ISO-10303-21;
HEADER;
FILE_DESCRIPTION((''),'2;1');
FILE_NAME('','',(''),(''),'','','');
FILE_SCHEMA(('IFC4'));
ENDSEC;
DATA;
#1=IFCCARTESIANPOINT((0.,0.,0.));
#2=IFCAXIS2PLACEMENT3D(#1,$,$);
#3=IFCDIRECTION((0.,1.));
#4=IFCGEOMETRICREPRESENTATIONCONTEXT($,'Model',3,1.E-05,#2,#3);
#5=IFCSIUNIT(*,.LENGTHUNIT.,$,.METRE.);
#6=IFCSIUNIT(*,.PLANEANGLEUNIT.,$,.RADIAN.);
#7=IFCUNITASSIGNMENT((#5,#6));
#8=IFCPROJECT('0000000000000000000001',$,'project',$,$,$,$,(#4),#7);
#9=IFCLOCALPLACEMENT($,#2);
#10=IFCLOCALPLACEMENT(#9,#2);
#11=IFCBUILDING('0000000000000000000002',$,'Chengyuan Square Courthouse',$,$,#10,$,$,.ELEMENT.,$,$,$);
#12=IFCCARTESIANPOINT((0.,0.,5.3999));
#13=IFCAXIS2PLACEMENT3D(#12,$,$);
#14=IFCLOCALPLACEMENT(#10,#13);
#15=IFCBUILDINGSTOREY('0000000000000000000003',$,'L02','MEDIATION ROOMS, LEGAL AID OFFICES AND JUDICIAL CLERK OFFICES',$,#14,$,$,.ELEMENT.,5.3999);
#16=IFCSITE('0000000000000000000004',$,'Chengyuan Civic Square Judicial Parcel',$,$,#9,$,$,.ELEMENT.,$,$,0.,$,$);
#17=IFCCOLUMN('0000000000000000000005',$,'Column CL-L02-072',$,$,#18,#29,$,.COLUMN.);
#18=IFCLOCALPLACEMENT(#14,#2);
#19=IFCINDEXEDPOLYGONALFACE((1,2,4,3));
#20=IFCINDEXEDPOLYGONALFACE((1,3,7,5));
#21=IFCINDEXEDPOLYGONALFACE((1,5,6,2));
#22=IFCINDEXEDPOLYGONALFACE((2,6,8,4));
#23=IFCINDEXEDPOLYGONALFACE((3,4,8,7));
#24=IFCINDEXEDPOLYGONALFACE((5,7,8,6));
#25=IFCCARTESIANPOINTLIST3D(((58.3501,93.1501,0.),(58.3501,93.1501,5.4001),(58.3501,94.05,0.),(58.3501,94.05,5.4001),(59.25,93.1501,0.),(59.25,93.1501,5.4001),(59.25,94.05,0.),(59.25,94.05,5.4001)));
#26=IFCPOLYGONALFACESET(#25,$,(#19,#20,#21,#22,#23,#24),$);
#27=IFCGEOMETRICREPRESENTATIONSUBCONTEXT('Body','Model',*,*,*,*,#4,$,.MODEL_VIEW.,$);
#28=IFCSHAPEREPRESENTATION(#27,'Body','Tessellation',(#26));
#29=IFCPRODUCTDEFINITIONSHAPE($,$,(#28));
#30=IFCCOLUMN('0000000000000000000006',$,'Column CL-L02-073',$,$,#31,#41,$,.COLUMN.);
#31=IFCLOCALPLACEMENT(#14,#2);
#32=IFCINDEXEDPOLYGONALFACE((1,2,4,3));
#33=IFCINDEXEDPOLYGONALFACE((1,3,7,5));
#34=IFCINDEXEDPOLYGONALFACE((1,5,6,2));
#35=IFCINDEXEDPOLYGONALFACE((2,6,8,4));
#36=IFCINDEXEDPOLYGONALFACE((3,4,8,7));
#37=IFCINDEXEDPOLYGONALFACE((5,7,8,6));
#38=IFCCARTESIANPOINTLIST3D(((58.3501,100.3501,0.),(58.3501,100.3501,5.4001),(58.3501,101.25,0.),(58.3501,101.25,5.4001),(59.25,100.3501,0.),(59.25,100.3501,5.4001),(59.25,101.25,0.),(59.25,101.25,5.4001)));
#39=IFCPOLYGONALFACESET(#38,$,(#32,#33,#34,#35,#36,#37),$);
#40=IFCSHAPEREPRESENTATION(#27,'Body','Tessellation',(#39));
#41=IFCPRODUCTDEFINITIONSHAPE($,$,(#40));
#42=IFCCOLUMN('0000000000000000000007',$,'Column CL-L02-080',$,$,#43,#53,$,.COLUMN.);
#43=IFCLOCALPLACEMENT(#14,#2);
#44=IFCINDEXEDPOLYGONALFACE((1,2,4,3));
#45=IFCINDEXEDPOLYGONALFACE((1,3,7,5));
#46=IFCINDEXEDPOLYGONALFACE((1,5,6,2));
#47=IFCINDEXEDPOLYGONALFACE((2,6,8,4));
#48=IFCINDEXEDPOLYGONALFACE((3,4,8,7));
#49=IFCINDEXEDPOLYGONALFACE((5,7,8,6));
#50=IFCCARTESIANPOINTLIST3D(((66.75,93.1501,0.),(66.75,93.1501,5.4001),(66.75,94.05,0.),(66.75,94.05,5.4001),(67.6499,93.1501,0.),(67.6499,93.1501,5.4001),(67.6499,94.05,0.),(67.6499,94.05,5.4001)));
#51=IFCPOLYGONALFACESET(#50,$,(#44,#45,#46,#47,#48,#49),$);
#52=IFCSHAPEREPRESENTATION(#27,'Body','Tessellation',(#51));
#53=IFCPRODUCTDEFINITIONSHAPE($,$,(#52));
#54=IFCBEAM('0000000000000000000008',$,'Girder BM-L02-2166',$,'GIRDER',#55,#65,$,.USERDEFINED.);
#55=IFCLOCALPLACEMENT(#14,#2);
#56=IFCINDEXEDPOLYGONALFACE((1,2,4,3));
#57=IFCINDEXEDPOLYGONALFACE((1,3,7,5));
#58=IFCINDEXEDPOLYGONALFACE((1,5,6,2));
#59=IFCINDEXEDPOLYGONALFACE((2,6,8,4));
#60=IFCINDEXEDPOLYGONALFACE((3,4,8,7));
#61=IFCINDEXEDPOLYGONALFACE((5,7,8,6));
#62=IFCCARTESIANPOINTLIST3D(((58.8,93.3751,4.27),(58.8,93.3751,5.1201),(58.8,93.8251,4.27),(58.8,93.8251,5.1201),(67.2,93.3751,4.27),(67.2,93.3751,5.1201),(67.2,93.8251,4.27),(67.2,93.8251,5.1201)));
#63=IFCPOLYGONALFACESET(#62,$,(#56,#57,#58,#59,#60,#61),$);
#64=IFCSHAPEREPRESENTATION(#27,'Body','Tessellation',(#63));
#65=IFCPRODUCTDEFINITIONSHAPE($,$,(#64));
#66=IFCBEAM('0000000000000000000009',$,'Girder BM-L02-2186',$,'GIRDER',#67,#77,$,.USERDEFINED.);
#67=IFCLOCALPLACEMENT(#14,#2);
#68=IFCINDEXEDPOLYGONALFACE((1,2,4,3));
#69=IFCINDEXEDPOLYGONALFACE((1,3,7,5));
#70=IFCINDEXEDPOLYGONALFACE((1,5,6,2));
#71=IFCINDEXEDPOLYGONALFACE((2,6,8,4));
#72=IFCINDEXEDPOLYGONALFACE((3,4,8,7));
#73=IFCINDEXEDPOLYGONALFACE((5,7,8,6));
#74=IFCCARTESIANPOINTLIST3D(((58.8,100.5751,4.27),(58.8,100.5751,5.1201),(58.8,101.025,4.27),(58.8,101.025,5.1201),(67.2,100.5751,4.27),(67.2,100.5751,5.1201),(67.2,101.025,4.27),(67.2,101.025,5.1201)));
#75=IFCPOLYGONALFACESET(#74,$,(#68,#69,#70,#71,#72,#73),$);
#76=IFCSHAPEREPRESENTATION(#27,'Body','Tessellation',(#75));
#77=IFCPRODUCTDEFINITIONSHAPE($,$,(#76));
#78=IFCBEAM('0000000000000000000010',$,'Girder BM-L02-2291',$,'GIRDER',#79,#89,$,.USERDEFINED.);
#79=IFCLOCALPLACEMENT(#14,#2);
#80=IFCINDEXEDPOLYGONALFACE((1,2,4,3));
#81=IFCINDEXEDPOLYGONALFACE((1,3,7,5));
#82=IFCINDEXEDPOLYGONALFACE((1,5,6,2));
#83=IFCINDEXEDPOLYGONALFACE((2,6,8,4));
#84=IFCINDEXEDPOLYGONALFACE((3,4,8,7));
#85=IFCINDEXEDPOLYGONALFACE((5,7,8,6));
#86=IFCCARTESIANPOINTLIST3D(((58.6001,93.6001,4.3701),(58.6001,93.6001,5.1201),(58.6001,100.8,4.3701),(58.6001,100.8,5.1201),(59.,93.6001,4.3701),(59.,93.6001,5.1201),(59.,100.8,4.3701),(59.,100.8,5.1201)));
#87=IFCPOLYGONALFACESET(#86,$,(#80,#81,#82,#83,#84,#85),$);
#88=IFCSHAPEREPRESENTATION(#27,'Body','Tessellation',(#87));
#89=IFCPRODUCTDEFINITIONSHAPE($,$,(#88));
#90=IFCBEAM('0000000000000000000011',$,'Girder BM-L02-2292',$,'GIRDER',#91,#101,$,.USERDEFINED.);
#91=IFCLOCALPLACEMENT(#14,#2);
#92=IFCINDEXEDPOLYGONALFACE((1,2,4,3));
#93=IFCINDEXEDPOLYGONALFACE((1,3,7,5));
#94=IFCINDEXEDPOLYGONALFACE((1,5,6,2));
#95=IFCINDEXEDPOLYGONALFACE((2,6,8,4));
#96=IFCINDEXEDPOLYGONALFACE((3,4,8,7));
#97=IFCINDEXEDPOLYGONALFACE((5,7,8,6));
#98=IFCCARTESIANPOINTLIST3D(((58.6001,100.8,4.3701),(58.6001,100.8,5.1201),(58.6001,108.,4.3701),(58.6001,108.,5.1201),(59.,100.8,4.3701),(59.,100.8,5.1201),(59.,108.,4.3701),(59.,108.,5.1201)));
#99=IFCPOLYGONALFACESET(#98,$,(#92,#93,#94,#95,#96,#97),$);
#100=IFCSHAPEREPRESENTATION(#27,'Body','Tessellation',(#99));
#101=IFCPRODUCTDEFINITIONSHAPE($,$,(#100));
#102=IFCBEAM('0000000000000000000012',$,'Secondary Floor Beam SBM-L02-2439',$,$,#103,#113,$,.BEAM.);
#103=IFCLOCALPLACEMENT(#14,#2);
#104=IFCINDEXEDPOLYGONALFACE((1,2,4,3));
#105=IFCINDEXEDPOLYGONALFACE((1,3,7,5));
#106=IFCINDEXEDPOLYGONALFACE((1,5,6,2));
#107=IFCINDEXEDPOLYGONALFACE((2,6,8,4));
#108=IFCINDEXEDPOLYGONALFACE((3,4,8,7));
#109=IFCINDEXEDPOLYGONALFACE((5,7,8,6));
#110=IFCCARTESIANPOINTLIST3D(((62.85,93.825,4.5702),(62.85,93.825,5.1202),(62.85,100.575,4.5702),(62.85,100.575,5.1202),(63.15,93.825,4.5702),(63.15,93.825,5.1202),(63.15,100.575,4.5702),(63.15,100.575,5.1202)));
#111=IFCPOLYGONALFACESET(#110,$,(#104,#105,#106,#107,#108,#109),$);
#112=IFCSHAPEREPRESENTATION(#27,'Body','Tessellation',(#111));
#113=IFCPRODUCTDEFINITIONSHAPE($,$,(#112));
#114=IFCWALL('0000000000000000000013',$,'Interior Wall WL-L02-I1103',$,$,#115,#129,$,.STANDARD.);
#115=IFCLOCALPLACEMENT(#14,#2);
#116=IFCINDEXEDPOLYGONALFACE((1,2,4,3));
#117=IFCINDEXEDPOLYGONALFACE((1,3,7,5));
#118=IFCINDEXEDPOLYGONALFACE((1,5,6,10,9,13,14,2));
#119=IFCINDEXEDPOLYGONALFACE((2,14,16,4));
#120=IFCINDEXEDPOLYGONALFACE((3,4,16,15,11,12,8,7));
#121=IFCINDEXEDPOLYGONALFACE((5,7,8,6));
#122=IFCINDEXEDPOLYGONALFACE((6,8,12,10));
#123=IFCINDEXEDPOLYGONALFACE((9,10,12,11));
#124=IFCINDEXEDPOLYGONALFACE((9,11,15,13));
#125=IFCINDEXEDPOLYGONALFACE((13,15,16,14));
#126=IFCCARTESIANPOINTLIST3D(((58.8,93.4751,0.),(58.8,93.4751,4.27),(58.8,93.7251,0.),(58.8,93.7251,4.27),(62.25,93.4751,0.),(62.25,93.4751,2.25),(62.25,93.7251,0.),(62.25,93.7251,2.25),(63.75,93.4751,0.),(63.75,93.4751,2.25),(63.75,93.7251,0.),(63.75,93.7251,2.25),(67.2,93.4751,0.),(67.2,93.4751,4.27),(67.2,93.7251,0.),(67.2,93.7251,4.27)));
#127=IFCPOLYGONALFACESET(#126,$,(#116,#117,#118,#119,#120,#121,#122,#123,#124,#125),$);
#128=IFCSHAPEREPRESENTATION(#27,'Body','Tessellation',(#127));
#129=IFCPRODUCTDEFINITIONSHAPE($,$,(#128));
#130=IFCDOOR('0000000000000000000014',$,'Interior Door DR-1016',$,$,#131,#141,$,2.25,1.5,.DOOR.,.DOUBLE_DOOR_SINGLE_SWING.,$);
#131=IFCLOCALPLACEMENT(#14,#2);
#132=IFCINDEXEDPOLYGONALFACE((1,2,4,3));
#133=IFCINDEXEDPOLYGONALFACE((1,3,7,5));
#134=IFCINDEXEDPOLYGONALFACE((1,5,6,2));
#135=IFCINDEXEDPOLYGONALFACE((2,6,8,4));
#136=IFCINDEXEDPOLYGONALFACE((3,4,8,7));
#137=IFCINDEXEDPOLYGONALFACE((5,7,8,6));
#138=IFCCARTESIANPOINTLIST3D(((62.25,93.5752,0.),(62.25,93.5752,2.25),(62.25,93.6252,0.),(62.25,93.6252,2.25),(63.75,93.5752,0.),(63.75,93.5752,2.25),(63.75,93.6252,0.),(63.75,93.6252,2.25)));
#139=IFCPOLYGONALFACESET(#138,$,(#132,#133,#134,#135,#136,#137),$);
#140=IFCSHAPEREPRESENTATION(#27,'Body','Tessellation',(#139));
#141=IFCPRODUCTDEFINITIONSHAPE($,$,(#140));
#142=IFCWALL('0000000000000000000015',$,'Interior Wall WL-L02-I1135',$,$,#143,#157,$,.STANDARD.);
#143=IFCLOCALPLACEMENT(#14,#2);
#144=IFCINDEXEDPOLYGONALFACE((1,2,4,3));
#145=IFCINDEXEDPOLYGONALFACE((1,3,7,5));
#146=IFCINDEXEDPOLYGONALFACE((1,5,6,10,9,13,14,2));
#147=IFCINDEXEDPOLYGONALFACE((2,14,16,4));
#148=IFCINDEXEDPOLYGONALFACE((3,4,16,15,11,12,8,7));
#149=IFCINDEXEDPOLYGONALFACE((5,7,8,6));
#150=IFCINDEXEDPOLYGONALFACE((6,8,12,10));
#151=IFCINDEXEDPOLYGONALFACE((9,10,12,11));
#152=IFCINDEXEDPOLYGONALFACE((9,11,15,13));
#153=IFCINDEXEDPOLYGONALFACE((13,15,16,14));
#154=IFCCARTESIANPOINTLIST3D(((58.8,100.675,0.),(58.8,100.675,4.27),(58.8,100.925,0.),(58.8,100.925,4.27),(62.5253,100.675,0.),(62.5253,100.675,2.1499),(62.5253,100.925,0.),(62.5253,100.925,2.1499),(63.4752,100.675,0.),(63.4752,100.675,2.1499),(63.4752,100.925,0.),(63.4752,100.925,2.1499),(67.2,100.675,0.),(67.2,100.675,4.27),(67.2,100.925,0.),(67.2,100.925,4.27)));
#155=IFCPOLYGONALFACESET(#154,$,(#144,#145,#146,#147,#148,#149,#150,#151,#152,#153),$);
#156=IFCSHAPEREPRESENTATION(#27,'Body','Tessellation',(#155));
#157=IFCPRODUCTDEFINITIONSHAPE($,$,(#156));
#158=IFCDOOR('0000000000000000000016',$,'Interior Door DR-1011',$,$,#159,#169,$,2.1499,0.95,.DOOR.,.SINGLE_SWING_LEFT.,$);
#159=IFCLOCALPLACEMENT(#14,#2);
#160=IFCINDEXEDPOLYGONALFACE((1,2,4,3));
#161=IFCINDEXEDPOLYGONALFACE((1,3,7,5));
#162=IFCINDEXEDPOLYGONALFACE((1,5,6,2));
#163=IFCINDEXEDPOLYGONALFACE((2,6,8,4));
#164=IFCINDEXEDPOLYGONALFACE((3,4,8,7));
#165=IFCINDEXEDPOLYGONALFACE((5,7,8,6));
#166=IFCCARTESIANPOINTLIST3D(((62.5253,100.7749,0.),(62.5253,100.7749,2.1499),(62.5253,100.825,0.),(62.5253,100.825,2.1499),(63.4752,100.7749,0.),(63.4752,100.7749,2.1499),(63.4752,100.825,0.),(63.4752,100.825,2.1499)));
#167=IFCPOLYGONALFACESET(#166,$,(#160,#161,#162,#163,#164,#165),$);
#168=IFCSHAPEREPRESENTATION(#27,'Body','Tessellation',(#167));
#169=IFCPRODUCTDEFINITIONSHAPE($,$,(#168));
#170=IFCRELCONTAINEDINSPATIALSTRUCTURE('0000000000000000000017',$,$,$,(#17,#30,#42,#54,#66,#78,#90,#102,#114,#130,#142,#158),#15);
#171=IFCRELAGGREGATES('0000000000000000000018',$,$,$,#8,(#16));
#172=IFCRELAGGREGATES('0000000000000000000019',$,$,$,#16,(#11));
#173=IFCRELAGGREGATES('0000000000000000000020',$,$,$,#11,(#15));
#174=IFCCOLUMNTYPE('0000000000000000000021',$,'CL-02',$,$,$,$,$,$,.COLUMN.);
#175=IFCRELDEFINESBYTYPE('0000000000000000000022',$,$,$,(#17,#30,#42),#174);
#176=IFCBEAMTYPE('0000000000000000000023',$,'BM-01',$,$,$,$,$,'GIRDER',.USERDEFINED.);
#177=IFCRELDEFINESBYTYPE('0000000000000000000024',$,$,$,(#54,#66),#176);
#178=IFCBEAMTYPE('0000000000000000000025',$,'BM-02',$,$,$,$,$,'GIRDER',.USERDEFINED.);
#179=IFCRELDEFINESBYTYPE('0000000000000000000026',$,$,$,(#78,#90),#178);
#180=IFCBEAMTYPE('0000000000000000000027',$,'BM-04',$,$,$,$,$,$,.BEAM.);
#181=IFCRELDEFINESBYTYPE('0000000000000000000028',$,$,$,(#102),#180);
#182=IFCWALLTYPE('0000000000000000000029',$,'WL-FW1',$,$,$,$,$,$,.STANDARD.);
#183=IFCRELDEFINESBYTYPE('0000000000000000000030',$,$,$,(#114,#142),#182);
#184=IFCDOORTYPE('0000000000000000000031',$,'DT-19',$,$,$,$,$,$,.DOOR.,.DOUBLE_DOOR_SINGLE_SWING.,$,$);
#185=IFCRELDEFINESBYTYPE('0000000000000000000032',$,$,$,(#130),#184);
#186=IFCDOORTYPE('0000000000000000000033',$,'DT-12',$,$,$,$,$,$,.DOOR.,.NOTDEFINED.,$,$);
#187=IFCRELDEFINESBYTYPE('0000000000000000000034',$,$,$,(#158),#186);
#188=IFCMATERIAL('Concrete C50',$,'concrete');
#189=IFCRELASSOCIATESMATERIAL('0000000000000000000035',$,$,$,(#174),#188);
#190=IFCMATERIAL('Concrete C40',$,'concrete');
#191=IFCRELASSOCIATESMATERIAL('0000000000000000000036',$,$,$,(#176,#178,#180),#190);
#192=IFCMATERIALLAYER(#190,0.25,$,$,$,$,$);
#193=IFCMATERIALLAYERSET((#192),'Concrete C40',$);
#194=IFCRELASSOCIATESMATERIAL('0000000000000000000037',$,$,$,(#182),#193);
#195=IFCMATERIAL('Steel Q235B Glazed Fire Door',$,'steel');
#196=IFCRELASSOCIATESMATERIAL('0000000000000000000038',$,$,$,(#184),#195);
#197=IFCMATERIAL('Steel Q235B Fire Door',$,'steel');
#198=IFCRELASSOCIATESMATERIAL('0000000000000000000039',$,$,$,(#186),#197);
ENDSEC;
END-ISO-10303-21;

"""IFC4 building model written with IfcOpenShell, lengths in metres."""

from ifc_helpers import new_model, si_unit, direction, frame, frame_2d, origin, origin_2d, place, context, subcontext, project, spatial, rectangle, extrude, material, layer, layer_set, material_profile, profile_set, type_object, element, fill, save


model = new_model("IFC4")

# Units and contexts
model_context = context("Model", 3, precision=1e-05, world=origin(), true_north=direction((0.0, 1.0)))
body_context = subcontext(model_context, "Body", "Model", "MODEL_VIEW")
ifc_project = project(units=[si_unit("LENGTHUNIT", "METRE"), si_unit("PLANEANGLEUNIT", "RADIAN")], contexts=[model_context])

# Site, building, storey
site_placement = place(None, origin())
site = spatial("IfcSite", under=ifc_project, at=site_placement, Name="Chengyuan Civic Square Judicial Parcel", CompositionType="ELEMENT", RefElevation=0.0)
building_placement = place(site_placement, origin())
building = spatial("IfcBuilding", under=site, at=building_placement, Name="Chengyuan Square Courthouse", CompositionType="ELEMENT")
storey_placement = place(building_placement, frame((0.0, 0.0, 5.3999)))
storey = spatial("IfcBuildingStorey", under=building, at=storey_placement, Name="L02", Description="MEDIATION ROOMS, LEGAL AID OFFICES AND JUDICIAL CLERK OFFICES", CompositionType="ELEMENT", Elevation=5.3999)

# Columns
ifc_material_1 = material(Name="Concrete C50", Category="concrete")
ifc_material_profile_1 = material_profile(ifc_material_1, rectangle(XDim=0.8999, YDim=0.8999, at=origin_2d()), Name="RC-COL-900x900")
ifc_profile_set_1 = profile_set([ifc_material_profile_1], Name="Concrete C50")
column_type = type_object("IfcColumnType", Name="CL-02", PredefinedType="COLUMN", material=ifc_profile_set_1)
for number, where, z_axis, x_axis, name in (
    (1, (58.8, 93.6001, 0.0), (0.0, 0.0, 1.0), (1.0, 0.0, 0.0), "Column CL-L02-072"),
    (2, (58.8, 100.8, 0.0), (0.0, 0.0, 1.0), (1.0, 0.0, 0.0), "Column CL-L02-073"),
    (3, (67.2, 93.6001, 0.0), (0.0, 0.0, 1.0), (1.0, 0.0, 0.0), "Column CL-L02-080"),
):
    element("IfcColumn", number, at=place(storey_placement, frame(where, z_axis=z_axis, x_axis=x_axis)), inside=storey, type_object=column_type, Name=name, PredefinedType="COLUMN", context=body_context, shape_type="SweptSolid", body=[
        extrude(rectangle(XDim=0.8999, YDim=0.8999, at=origin_2d()), origin(), (0.0, 0.0, 1.0), 5.4001),
    ])

# Beams
ifc_material_2 = material(Name="Concrete C40", Category="concrete")
ifc_material_profile_2 = material_profile(ifc_material_2, rectangle(XDim=0.45, YDim=0.8501, at=origin_2d()), Name="RC-BM-450x850")
ifc_profile_set_2 = profile_set([ifc_material_profile_2], Name="Concrete C40")
beam_type_1 = type_object("IfcBeamType", Name="BM-01", ElementType="GIRDER", PredefinedType="USERDEFINED", material=ifc_profile_set_2)
for number, where, z_axis, x_axis, name in (
    (4, (58.8, 93.6001, 4.6951), (1.0, 0.0, 0.0), (0.0, 1.0, 0.0), "Girder BM-L02-2166"),
    (5, (58.8, 100.8, 4.6951), (1.0, 0.0, 0.0), (0.0, 1.0, 0.0), "Girder BM-L02-2186"),
):
    element("IfcBeam", number, at=place(storey_placement, frame(where, z_axis=z_axis, x_axis=x_axis)), inside=storey, type_object=beam_type_1, Name=name, ObjectType="GIRDER", PredefinedType="USERDEFINED", context=body_context, shape_type="SweptSolid", body=[
        extrude(rectangle(XDim=0.45, YDim=0.8501, at=origin_2d()), origin(), (0.0, 0.0, 1.0), 8.3999),
    ])
ifc_material_profile_3 = material_profile(ifc_material_2, rectangle(XDim=0.3999, YDim=0.75, at=origin_2d()), Name="RC-BM-400x750")
ifc_profile_set_3 = profile_set([ifc_material_profile_3], Name="Concrete C40")
beam_type_2 = type_object("IfcBeamType", Name="BM-02", ElementType="GIRDER", PredefinedType="USERDEFINED", material=ifc_profile_set_3)
for number, where, z_axis, x_axis, name in (
    (6, (58.8, 93.6001, 4.7451), (0.0, 1.0, 0.0), (-1.0, 0.0, 0.0), "Girder BM-L02-2291"),
    (7, (58.8, 100.8, 4.7451), (0.0, 1.0, 0.0), (-1.0, 0.0, 0.0), "Girder BM-L02-2292"),
):
    element("IfcBeam", number, at=place(storey_placement, frame(where, z_axis=z_axis, x_axis=x_axis)), inside=storey, type_object=beam_type_2, Name=name, ObjectType="GIRDER", PredefinedType="USERDEFINED", context=body_context, shape_type="SweptSolid", body=[
        extrude(rectangle(XDim=0.3999, YDim=0.75, at=origin_2d()), origin(), (0.0, 0.0, 1.0), 7.2),
    ])
ifc_material_profile_4 = material_profile(ifc_material_2, rectangle(XDim=0.3, YDim=0.55, at=origin_2d()), Name="RC-BM-300x550")
ifc_profile_set_4 = profile_set([ifc_material_profile_4], Name="Concrete C40")
beam_type_3 = type_object("IfcBeamType", Name="BM-04", PredefinedType="BEAM", material=ifc_profile_set_4)
beam_placement = place(storey_placement, frame((63.0, 93.825, 4.8452), z_axis=(0.0, 1.0, 0.0), x_axis=(-1.0, 0.0, 0.0)))
element("IfcBeam", 8, at=beam_placement, inside=storey, type_object=beam_type_3, Name="Secondary Floor Beam SBM-L02-2439", PredefinedType="BEAM", context=body_context, shape_type="SweptSolid", body=[
    extrude(rectangle(XDim=0.3, YDim=0.55, at=origin_2d()), origin(), (0.0, 0.0, 1.0), 6.75),
])

# Walls, openings, doors
ifc_layer_1 = layer(ifc_material_2, 0.25)
ifc_layer_set_1 = layer_set([ifc_layer_1], Name="Concrete C40")
wall_type_1 = type_object("IfcWallType", Name="WL-FW1", PredefinedType="STANDARD", material=ifc_layer_set_1)
wall_1_placement = place(storey_placement, frame((58.8, 93.6001, 0.0), z_axis=(0.0, 0.0, 1.0), x_axis=(1.0, 0.0, 0.0)))
wall_1 = element("IfcWall", 9, at=wall_1_placement, inside=storey, type_object=wall_type_1, Name="Interior Wall WL-L02-I1103", PredefinedType="STANDARD", context=body_context, shape_type="SweptSolid", body=[
    extrude(rectangle(XDim=8.3999, YDim=0.25, at=frame_2d((4.2, 0.0))), origin(), (0.0, 0.0, 1.0), 4.27),
])
opening_1_placement = place(wall_1_placement, frame((3.45, 0.0, 0.0)))
opening_1 = element("IfcOpeningElement", 10, at=opening_1_placement, cuts=wall_1, PredefinedType="OPENING", context=body_context, shape_type="SweptSolid", body=[
    extrude(rectangle(XDim=1.5, YDim=2.25, at=frame_2d((0.75, 1.125))), frame((0.0, 0.137, 0.0), z_axis=(0.0, -1.0, 0.0), x_axis=(1.0, 0.0, 0.0)), (0.0, 0.0, 1.0), 0.2739),
])
ifc_material_3 = material(Name="Steel Q235B Glazed Fire Door", Category="steel")
door_type_1 = type_object("IfcDoorType", Name="DT-19", OperationType="DOUBLE_DOOR_SINGLE_SWING", PredefinedType="DOOR", material=ifc_material_3)
door_1_placement = place(opening_1_placement, frame((1.5, 0.0, 0.0), z_axis=(0.0, 0.0, 1.0), x_axis=(-1.0, 0.0, 0.0)))
door_1 = element("IfcDoor", 11, at=door_1_placement, inside=storey, type_object=door_type_1, Name="Interior Door DR-1016", OperationType="DOUBLE_DOOR_SINGLE_SWING", OverallHeight=2.25, OverallWidth=1.5, PredefinedType="DOOR", context=body_context, shape_type="SweptSolid", body=[
    extrude(rectangle(XDim=1.5, YDim=2.25, at=frame_2d((0.75, 1.125))), frame((0.0, 0.0249, 0.0), z_axis=(0.0, -1.0, 0.0), x_axis=(1.0, 0.0, 0.0)), (0.0, 0.0, 1.0), 0.05),
])
fill(opening_1, door_1)
wall_2_placement = place(storey_placement, frame((58.8, 100.8, 0.0), z_axis=(0.0, 0.0, 1.0), x_axis=(1.0, 0.0, 0.0)))
wall_2 = element("IfcWall", 12, at=wall_2_placement, inside=storey, type_object=wall_type_1, Name="Interior Wall WL-L02-I1135", PredefinedType="STANDARD", context=body_context, shape_type="SweptSolid", body=[
    extrude(rectangle(XDim=8.3999, YDim=0.25, at=frame_2d((4.2, 0.0))), origin(), (0.0, 0.0, 1.0), 4.27),
])
opening_2_placement = place(wall_2_placement, frame((3.7251, 0.0, 0.0)))
opening_2 = element("IfcOpeningElement", 13, at=opening_2_placement, cuts=wall_2, PredefinedType="OPENING", context=body_context, shape_type="SweptSolid", body=[
    extrude(rectangle(XDim=0.95, YDim=2.1499, at=frame_2d((0.4751, 1.075))), frame((0.0, 0.137, 0.0), z_axis=(0.0, -1.0, 0.0), x_axis=(1.0, 0.0, 0.0)), (0.0, 0.0, 1.0), 0.2739),
])
ifc_material_4 = material(Name="Steel Q235B Fire Door", Category="steel")
door_type_2 = type_object("IfcDoorType", Name="DT-12", OperationType="NOTDEFINED", PredefinedType="DOOR", material=ifc_material_4)
door_2_placement = place(opening_2_placement, origin())
door_2 = element("IfcDoor", 14, at=door_2_placement, inside=storey, type_object=door_type_2, Name="Interior Door DR-1011", OperationType="SINGLE_SWING_LEFT", OverallHeight=2.1499, OverallWidth=0.95, PredefinedType="DOOR", context=body_context, shape_type="SweptSolid", body=[
    extrude(rectangle(XDim=0.95, YDim=2.1499, at=frame_2d((0.4751, 1.075))), frame((0.0, 0.0249, 0.0), z_axis=(0.0, -1.0, 0.0), x_axis=(1.0, 0.0, 0.0)), (0.0, 0.0, 1.0), 0.05),
])
fill(opening_2, door_2)

save(model, "model.ifc")
